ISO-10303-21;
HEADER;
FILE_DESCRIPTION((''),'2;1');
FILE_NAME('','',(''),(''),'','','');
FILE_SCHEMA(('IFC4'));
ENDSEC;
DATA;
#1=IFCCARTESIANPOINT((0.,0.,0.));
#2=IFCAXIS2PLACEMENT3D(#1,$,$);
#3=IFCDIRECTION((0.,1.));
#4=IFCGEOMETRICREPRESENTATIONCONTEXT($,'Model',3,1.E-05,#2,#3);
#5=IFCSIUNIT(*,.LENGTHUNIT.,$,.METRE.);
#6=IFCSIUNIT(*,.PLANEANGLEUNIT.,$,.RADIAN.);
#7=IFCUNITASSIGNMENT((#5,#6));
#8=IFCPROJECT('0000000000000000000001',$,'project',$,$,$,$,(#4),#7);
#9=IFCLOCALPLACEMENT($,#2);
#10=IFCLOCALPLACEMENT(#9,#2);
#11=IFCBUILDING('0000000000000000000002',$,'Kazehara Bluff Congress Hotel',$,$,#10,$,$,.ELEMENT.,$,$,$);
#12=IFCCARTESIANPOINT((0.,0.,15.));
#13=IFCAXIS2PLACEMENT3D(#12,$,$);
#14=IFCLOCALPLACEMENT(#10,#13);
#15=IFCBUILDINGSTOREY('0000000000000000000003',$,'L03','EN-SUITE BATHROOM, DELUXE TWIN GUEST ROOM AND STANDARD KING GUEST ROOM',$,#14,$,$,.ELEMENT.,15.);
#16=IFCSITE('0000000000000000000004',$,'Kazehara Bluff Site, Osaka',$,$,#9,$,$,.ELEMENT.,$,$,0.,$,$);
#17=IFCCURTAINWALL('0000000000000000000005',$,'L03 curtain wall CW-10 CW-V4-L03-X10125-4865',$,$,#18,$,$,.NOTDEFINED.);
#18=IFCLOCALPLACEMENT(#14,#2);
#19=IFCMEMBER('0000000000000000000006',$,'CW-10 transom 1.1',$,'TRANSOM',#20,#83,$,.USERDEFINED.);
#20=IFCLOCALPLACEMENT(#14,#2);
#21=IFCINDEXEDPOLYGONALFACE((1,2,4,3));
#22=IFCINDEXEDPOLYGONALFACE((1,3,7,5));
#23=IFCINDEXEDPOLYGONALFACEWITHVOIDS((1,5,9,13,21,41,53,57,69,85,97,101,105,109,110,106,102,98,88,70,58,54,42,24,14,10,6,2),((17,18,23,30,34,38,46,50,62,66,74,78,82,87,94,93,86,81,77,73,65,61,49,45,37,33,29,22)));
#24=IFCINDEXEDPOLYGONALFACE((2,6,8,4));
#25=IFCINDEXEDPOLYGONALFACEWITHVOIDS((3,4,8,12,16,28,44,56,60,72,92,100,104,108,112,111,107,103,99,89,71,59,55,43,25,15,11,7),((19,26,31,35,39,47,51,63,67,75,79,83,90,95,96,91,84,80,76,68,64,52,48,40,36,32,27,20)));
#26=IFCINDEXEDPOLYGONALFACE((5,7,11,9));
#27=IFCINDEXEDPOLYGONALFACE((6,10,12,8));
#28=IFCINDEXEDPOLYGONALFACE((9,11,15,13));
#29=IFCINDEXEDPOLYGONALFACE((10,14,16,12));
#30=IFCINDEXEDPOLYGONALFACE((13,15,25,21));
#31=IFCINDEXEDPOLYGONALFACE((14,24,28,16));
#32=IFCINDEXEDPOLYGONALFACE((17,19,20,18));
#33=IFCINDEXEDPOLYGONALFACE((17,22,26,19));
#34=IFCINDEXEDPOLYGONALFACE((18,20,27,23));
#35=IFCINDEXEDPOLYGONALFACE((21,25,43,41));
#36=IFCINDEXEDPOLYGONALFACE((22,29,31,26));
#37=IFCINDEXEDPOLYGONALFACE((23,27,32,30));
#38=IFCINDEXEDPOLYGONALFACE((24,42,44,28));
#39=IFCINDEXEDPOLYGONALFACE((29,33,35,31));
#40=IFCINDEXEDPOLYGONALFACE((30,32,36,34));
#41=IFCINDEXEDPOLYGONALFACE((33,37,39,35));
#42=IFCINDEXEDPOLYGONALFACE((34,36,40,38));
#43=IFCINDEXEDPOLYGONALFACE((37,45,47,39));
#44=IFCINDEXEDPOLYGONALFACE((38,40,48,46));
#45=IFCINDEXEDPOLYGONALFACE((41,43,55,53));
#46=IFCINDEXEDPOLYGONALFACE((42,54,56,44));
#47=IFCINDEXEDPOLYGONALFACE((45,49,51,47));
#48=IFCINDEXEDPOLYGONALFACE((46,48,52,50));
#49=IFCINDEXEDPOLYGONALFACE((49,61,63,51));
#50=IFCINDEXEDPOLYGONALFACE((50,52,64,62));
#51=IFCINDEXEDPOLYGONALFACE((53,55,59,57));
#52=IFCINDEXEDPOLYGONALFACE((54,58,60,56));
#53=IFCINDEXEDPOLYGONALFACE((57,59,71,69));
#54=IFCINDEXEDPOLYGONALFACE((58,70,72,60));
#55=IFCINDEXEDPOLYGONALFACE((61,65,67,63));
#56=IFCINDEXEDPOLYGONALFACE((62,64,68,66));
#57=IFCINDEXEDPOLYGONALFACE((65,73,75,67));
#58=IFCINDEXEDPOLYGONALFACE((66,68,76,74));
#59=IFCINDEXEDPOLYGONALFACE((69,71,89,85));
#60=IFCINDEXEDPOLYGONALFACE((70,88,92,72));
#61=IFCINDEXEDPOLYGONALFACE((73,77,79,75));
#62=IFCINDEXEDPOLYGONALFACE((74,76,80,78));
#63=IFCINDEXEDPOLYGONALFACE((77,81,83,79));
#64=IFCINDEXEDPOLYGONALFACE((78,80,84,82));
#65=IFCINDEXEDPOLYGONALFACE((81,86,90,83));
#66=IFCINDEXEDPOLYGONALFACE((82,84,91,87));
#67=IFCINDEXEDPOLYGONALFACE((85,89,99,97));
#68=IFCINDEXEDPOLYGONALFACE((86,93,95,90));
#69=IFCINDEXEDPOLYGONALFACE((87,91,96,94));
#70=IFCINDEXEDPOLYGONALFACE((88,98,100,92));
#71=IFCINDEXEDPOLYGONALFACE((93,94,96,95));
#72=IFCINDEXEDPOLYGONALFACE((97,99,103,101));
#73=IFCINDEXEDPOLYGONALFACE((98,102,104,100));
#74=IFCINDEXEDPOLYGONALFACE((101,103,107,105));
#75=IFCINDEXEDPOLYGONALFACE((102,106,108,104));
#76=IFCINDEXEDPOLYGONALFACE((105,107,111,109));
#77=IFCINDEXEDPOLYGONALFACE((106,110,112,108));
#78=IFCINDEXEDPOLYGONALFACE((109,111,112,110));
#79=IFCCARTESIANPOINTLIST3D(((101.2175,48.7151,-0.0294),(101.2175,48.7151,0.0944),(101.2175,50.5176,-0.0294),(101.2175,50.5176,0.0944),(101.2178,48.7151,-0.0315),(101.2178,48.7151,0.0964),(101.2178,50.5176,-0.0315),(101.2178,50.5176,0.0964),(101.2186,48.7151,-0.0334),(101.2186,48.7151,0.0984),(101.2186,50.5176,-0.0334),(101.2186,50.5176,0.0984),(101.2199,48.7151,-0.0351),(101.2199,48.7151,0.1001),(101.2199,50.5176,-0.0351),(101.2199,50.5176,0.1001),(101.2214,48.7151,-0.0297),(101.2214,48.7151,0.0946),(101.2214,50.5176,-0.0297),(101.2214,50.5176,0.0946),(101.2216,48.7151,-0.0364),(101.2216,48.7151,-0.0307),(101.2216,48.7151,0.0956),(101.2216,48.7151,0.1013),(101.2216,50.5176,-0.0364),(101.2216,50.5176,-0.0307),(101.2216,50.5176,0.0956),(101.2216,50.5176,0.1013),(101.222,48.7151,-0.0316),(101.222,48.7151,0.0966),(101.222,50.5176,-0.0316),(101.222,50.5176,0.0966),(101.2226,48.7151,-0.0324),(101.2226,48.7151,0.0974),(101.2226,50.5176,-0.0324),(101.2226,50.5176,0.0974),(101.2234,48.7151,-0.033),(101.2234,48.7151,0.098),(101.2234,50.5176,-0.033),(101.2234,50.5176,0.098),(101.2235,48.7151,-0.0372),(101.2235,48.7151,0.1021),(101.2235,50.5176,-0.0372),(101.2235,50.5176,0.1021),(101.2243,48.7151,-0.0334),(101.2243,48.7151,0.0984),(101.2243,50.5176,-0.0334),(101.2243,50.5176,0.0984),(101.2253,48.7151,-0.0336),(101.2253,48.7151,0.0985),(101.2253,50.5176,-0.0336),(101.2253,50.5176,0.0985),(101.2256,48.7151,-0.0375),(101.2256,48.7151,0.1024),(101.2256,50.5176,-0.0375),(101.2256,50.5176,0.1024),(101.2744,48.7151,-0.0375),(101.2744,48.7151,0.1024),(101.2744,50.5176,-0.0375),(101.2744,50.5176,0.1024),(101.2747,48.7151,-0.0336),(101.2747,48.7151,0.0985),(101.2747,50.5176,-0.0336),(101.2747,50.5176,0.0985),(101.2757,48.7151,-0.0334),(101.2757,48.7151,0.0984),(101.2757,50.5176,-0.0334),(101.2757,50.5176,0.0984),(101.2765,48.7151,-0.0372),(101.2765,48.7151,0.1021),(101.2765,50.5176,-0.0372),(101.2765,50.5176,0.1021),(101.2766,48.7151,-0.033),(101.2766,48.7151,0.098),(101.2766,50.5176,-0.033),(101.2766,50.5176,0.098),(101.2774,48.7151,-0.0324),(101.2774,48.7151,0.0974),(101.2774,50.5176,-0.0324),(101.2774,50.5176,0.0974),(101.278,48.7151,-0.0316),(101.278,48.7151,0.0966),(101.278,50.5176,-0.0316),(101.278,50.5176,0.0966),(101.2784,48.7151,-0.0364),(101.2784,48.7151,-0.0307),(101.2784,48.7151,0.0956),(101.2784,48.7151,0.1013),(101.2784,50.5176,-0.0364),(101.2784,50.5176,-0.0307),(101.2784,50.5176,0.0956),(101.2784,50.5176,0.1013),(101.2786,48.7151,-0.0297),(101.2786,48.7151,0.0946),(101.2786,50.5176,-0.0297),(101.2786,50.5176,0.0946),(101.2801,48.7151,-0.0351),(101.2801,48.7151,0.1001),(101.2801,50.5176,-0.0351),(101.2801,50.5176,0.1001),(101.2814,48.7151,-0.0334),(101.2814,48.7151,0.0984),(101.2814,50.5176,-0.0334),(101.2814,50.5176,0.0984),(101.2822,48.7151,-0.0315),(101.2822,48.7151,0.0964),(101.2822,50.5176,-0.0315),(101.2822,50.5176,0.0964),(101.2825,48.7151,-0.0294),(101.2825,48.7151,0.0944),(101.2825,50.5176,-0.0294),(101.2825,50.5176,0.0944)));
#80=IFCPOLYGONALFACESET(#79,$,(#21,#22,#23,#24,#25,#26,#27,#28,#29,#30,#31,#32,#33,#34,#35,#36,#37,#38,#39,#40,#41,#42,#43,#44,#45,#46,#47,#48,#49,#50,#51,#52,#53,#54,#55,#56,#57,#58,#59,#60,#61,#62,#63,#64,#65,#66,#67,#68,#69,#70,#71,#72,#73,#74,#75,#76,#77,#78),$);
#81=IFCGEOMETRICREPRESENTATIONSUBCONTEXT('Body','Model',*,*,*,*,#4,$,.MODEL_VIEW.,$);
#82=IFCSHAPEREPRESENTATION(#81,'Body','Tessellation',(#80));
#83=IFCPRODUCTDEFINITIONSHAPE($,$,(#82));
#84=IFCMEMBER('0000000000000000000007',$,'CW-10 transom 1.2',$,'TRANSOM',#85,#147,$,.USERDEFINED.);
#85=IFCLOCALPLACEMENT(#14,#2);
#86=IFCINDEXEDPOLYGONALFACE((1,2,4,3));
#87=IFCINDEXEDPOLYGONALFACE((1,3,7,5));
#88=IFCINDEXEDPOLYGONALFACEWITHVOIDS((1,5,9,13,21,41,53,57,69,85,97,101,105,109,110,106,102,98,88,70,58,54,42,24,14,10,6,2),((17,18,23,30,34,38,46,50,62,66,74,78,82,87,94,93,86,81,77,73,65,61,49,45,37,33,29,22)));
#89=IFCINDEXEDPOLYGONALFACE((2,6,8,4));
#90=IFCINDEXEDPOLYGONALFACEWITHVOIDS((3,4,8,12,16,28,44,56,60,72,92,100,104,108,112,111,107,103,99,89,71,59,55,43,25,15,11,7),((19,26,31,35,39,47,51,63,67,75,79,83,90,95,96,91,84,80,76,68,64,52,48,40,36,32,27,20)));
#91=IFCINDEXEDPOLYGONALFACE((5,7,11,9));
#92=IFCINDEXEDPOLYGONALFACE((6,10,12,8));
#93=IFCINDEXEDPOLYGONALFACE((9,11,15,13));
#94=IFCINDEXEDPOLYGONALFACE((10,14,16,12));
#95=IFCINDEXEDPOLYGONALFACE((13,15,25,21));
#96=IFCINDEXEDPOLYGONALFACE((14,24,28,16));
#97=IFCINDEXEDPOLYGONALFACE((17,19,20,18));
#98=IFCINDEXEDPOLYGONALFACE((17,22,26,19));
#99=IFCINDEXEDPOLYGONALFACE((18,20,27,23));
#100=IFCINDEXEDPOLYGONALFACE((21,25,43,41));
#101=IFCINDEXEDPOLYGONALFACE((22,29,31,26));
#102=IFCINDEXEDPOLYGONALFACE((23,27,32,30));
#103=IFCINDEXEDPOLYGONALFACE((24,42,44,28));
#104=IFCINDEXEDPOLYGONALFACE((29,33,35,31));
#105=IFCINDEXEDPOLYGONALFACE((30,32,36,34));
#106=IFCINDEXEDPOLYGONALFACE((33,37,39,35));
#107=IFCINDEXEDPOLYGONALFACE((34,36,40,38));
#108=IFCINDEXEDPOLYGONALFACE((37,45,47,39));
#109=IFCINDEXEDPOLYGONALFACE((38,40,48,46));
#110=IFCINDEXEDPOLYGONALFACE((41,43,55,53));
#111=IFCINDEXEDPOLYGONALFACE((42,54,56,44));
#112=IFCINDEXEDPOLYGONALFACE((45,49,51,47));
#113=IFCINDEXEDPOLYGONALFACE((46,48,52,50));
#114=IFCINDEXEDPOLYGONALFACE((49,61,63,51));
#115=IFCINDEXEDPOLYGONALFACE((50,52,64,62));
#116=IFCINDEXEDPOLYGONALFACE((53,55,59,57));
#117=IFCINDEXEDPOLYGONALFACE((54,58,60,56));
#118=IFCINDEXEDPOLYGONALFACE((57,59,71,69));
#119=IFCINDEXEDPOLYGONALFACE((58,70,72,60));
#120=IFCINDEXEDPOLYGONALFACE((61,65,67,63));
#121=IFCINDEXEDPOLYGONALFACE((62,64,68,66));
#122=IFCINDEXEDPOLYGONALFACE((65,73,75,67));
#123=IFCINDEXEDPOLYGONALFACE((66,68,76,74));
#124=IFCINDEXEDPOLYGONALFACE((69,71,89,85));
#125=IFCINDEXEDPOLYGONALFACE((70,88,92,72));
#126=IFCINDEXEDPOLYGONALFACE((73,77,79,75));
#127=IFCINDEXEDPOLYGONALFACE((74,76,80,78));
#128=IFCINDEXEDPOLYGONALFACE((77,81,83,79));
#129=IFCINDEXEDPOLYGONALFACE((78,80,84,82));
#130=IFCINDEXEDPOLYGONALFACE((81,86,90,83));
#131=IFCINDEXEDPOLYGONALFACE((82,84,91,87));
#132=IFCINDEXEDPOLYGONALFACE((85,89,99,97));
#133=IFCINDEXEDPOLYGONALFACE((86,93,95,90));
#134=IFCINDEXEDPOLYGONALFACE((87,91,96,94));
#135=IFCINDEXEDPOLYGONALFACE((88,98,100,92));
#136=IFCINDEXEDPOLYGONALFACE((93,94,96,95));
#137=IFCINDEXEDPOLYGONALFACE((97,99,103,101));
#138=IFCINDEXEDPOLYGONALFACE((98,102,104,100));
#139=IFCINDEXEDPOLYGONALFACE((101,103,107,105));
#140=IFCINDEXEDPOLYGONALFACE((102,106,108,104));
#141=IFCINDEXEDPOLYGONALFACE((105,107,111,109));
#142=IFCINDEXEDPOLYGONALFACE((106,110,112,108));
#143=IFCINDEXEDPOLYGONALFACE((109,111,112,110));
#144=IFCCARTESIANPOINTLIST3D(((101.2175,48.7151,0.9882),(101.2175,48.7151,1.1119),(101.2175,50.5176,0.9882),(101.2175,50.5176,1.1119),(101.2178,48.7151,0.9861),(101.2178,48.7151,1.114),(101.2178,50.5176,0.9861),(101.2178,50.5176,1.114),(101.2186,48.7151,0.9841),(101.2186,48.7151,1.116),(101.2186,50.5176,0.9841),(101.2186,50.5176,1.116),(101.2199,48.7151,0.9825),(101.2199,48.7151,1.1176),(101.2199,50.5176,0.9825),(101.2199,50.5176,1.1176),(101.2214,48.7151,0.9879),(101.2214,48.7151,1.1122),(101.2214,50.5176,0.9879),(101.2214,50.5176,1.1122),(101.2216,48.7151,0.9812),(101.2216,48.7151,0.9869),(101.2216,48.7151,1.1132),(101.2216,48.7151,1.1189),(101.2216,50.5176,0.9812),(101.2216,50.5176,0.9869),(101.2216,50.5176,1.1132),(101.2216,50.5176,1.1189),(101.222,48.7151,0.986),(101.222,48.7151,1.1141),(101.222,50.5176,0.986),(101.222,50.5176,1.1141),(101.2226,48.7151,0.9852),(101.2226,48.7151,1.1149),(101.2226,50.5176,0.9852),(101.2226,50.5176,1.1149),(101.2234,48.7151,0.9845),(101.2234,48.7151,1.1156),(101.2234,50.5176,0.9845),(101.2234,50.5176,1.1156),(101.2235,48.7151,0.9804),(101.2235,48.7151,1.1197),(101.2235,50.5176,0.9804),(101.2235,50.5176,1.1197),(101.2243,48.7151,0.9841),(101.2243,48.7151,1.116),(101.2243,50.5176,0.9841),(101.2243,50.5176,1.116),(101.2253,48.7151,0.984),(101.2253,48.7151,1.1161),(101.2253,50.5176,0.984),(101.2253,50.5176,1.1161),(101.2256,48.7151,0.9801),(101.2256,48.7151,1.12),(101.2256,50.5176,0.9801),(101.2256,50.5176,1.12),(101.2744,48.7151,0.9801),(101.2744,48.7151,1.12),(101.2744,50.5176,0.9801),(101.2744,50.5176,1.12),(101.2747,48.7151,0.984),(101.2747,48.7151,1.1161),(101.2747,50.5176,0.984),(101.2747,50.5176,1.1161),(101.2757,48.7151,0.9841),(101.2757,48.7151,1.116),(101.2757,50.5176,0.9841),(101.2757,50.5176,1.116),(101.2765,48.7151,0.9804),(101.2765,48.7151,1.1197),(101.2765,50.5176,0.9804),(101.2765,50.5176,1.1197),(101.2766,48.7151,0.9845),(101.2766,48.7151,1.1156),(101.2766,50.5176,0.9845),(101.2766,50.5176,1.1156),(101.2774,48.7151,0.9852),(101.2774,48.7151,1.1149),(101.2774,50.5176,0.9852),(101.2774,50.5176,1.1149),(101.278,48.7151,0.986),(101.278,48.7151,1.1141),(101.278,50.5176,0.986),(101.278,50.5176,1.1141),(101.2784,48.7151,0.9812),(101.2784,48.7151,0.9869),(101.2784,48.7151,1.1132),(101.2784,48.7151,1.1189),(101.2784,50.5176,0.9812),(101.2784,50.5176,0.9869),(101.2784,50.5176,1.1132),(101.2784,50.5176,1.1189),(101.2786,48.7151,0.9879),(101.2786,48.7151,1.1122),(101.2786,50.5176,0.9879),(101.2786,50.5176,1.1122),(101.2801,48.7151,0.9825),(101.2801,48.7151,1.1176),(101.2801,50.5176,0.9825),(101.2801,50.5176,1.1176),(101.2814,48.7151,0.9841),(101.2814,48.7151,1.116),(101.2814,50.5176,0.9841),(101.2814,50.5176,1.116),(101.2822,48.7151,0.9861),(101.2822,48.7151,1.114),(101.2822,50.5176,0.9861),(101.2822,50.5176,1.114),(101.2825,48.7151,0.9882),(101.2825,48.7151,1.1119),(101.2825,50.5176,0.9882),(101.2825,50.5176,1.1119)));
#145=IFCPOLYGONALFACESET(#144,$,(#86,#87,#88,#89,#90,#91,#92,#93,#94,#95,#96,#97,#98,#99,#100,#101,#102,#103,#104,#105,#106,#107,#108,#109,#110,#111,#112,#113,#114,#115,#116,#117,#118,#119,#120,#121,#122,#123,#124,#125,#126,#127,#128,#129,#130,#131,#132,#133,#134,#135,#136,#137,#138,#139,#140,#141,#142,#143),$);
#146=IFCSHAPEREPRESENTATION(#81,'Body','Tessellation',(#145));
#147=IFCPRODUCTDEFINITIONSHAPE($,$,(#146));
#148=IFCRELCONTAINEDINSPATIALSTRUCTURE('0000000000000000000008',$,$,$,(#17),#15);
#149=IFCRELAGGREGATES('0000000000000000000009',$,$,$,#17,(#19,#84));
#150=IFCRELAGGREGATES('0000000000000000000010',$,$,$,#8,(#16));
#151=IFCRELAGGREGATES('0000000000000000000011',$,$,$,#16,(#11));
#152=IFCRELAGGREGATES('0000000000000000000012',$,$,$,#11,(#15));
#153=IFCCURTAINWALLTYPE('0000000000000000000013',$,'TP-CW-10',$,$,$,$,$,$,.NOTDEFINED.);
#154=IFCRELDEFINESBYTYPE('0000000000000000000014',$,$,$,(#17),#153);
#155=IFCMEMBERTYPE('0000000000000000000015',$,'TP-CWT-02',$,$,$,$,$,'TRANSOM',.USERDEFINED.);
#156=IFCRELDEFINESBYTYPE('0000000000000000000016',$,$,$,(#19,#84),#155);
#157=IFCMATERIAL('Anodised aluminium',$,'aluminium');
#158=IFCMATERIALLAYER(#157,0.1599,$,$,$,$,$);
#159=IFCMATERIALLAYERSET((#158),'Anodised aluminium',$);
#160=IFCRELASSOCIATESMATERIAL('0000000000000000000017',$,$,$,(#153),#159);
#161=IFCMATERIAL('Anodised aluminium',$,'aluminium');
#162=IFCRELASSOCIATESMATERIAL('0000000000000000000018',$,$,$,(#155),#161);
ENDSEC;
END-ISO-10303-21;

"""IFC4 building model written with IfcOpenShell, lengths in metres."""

from ifc_helpers import new_model, si_unit, direction, frame, origin, origin_2d, place, context, subcontext, project, spatial, hollow_rectangle, extrude, material, layer, layer_set, material_profile, profile_set, type_object, element, aggregate, save


model = new_model("IFC4")

# Units and contexts
model_context = context("Model", 3, precision=1e-05, world=origin(), true_north=direction((0.0, 1.0)))
body_context = subcontext(model_context, "Body", "Model", "MODEL_VIEW")
ifc_project = project(units=[si_unit("LENGTHUNIT", "METRE"), si_unit("PLANEANGLEUNIT", "RADIAN")], contexts=[model_context])

# Site, building, storey
site_placement = place(None, origin())
site = spatial("IfcSite", under=ifc_project, at=site_placement, Name="Kazehara Bluff Site, Osaka", CompositionType="ELEMENT", RefElevation=0.0)
building_placement = place(site_placement, origin())
building = spatial("IfcBuilding", under=site, at=building_placement, Name="Kazehara Bluff Congress Hotel", CompositionType="ELEMENT")
storey_placement = place(building_placement, frame((0.0, 0.0, 15.0)))
storey = spatial("IfcBuildingStorey", under=building, at=storey_placement, Name="L03", Description="EN-SUITE BATHROOM, DELUXE TWIN GUEST ROOM AND STANDARD KING GUEST ROOM", CompositionType="ELEMENT", Elevation=15.0)

# Curtain wall
ifc_material_1 = material(Name="Anodised aluminium", Category="aluminium")
ifc_layer_1 = layer(ifc_material_1, 0.1599)
ifc_layer_set_1 = layer_set([ifc_layer_1], Name="Anodised aluminium")
curtain_wall_type_1 = type_object("IfcCurtainWallType", Name="TP-CW-10", PredefinedType="NOTDEFINED", material=ifc_layer_set_1)
curtain_wall_1_placement = place(storey_placement, origin())
curtain_wall_1 = element("IfcCurtainWall", 1, at=curtain_wall_1_placement, inside=storey, type_object=curtain_wall_type_1, Name="L03 curtain wall CW-10 CW-V4-L03-X10125-4865", PredefinedType="NOTDEFINED")

# Members
ifc_material_2 = material(Name="Anodised aluminium", Category="aluminium")
ifc_material_profile_1 = material_profile(ifc_material_2, hollow_rectangle(XDim=0.0649, YDim=0.1399, WallThickness=0.0039, InnerFilletRadius=0.0039, OuterFilletRadius=0.0081, at=origin_2d()))
ifc_profile_set_1 = profile_set([ifc_material_profile_1], Name="Anodised aluminium")
member_type_1 = type_object("IfcMemberType", Name="TP-CWT-02", ElementType="TRANSOM", PredefinedType="USERDEFINED", material=ifc_profile_set_1)
member_1_placement = place(storey_placement, frame((101.25, 48.7151, 0.0325), z_axis=(0.0, 1.0, 0.0), x_axis=(-1.0, 0.0, 0.0)))
member_1 = element("IfcMember", 2, at=member_1_placement, type_object=member_type_1, Name="CW-10 transom 1.1", ObjectType="TRANSOM", PredefinedType="USERDEFINED", context=body_context, shape_type="SweptSolid", body=[
    extrude(hollow_rectangle(XDim=0.0649, YDim=0.1399, WallThickness=0.0039, InnerFilletRadius=0.0039, OuterFilletRadius=0.0081, at=origin_2d()), origin(), (0.0, 0.0, 1.0), 1.8025),
])
member_2_placement = place(storey_placement, frame((101.25, 48.7151, 1.05), z_axis=(0.0, 1.0, 0.0), x_axis=(-1.0, 0.0, 0.0)))
member_2 = element("IfcMember", 3, at=member_2_placement, type_object=member_type_1, Name="CW-10 transom 1.2", ObjectType="TRANSOM", PredefinedType="USERDEFINED", context=body_context, shape_type="SweptSolid", body=[
    extrude(hollow_rectangle(XDim=0.0649, YDim=0.1399, WallThickness=0.0039, InnerFilletRadius=0.0039, OuterFilletRadius=0.0081, at=origin_2d()), origin(), (0.0, 0.0, 1.0), 1.8025),
])

aggregate(curtain_wall_1, [member_1, member_2])

save(model, "model.ifc")
